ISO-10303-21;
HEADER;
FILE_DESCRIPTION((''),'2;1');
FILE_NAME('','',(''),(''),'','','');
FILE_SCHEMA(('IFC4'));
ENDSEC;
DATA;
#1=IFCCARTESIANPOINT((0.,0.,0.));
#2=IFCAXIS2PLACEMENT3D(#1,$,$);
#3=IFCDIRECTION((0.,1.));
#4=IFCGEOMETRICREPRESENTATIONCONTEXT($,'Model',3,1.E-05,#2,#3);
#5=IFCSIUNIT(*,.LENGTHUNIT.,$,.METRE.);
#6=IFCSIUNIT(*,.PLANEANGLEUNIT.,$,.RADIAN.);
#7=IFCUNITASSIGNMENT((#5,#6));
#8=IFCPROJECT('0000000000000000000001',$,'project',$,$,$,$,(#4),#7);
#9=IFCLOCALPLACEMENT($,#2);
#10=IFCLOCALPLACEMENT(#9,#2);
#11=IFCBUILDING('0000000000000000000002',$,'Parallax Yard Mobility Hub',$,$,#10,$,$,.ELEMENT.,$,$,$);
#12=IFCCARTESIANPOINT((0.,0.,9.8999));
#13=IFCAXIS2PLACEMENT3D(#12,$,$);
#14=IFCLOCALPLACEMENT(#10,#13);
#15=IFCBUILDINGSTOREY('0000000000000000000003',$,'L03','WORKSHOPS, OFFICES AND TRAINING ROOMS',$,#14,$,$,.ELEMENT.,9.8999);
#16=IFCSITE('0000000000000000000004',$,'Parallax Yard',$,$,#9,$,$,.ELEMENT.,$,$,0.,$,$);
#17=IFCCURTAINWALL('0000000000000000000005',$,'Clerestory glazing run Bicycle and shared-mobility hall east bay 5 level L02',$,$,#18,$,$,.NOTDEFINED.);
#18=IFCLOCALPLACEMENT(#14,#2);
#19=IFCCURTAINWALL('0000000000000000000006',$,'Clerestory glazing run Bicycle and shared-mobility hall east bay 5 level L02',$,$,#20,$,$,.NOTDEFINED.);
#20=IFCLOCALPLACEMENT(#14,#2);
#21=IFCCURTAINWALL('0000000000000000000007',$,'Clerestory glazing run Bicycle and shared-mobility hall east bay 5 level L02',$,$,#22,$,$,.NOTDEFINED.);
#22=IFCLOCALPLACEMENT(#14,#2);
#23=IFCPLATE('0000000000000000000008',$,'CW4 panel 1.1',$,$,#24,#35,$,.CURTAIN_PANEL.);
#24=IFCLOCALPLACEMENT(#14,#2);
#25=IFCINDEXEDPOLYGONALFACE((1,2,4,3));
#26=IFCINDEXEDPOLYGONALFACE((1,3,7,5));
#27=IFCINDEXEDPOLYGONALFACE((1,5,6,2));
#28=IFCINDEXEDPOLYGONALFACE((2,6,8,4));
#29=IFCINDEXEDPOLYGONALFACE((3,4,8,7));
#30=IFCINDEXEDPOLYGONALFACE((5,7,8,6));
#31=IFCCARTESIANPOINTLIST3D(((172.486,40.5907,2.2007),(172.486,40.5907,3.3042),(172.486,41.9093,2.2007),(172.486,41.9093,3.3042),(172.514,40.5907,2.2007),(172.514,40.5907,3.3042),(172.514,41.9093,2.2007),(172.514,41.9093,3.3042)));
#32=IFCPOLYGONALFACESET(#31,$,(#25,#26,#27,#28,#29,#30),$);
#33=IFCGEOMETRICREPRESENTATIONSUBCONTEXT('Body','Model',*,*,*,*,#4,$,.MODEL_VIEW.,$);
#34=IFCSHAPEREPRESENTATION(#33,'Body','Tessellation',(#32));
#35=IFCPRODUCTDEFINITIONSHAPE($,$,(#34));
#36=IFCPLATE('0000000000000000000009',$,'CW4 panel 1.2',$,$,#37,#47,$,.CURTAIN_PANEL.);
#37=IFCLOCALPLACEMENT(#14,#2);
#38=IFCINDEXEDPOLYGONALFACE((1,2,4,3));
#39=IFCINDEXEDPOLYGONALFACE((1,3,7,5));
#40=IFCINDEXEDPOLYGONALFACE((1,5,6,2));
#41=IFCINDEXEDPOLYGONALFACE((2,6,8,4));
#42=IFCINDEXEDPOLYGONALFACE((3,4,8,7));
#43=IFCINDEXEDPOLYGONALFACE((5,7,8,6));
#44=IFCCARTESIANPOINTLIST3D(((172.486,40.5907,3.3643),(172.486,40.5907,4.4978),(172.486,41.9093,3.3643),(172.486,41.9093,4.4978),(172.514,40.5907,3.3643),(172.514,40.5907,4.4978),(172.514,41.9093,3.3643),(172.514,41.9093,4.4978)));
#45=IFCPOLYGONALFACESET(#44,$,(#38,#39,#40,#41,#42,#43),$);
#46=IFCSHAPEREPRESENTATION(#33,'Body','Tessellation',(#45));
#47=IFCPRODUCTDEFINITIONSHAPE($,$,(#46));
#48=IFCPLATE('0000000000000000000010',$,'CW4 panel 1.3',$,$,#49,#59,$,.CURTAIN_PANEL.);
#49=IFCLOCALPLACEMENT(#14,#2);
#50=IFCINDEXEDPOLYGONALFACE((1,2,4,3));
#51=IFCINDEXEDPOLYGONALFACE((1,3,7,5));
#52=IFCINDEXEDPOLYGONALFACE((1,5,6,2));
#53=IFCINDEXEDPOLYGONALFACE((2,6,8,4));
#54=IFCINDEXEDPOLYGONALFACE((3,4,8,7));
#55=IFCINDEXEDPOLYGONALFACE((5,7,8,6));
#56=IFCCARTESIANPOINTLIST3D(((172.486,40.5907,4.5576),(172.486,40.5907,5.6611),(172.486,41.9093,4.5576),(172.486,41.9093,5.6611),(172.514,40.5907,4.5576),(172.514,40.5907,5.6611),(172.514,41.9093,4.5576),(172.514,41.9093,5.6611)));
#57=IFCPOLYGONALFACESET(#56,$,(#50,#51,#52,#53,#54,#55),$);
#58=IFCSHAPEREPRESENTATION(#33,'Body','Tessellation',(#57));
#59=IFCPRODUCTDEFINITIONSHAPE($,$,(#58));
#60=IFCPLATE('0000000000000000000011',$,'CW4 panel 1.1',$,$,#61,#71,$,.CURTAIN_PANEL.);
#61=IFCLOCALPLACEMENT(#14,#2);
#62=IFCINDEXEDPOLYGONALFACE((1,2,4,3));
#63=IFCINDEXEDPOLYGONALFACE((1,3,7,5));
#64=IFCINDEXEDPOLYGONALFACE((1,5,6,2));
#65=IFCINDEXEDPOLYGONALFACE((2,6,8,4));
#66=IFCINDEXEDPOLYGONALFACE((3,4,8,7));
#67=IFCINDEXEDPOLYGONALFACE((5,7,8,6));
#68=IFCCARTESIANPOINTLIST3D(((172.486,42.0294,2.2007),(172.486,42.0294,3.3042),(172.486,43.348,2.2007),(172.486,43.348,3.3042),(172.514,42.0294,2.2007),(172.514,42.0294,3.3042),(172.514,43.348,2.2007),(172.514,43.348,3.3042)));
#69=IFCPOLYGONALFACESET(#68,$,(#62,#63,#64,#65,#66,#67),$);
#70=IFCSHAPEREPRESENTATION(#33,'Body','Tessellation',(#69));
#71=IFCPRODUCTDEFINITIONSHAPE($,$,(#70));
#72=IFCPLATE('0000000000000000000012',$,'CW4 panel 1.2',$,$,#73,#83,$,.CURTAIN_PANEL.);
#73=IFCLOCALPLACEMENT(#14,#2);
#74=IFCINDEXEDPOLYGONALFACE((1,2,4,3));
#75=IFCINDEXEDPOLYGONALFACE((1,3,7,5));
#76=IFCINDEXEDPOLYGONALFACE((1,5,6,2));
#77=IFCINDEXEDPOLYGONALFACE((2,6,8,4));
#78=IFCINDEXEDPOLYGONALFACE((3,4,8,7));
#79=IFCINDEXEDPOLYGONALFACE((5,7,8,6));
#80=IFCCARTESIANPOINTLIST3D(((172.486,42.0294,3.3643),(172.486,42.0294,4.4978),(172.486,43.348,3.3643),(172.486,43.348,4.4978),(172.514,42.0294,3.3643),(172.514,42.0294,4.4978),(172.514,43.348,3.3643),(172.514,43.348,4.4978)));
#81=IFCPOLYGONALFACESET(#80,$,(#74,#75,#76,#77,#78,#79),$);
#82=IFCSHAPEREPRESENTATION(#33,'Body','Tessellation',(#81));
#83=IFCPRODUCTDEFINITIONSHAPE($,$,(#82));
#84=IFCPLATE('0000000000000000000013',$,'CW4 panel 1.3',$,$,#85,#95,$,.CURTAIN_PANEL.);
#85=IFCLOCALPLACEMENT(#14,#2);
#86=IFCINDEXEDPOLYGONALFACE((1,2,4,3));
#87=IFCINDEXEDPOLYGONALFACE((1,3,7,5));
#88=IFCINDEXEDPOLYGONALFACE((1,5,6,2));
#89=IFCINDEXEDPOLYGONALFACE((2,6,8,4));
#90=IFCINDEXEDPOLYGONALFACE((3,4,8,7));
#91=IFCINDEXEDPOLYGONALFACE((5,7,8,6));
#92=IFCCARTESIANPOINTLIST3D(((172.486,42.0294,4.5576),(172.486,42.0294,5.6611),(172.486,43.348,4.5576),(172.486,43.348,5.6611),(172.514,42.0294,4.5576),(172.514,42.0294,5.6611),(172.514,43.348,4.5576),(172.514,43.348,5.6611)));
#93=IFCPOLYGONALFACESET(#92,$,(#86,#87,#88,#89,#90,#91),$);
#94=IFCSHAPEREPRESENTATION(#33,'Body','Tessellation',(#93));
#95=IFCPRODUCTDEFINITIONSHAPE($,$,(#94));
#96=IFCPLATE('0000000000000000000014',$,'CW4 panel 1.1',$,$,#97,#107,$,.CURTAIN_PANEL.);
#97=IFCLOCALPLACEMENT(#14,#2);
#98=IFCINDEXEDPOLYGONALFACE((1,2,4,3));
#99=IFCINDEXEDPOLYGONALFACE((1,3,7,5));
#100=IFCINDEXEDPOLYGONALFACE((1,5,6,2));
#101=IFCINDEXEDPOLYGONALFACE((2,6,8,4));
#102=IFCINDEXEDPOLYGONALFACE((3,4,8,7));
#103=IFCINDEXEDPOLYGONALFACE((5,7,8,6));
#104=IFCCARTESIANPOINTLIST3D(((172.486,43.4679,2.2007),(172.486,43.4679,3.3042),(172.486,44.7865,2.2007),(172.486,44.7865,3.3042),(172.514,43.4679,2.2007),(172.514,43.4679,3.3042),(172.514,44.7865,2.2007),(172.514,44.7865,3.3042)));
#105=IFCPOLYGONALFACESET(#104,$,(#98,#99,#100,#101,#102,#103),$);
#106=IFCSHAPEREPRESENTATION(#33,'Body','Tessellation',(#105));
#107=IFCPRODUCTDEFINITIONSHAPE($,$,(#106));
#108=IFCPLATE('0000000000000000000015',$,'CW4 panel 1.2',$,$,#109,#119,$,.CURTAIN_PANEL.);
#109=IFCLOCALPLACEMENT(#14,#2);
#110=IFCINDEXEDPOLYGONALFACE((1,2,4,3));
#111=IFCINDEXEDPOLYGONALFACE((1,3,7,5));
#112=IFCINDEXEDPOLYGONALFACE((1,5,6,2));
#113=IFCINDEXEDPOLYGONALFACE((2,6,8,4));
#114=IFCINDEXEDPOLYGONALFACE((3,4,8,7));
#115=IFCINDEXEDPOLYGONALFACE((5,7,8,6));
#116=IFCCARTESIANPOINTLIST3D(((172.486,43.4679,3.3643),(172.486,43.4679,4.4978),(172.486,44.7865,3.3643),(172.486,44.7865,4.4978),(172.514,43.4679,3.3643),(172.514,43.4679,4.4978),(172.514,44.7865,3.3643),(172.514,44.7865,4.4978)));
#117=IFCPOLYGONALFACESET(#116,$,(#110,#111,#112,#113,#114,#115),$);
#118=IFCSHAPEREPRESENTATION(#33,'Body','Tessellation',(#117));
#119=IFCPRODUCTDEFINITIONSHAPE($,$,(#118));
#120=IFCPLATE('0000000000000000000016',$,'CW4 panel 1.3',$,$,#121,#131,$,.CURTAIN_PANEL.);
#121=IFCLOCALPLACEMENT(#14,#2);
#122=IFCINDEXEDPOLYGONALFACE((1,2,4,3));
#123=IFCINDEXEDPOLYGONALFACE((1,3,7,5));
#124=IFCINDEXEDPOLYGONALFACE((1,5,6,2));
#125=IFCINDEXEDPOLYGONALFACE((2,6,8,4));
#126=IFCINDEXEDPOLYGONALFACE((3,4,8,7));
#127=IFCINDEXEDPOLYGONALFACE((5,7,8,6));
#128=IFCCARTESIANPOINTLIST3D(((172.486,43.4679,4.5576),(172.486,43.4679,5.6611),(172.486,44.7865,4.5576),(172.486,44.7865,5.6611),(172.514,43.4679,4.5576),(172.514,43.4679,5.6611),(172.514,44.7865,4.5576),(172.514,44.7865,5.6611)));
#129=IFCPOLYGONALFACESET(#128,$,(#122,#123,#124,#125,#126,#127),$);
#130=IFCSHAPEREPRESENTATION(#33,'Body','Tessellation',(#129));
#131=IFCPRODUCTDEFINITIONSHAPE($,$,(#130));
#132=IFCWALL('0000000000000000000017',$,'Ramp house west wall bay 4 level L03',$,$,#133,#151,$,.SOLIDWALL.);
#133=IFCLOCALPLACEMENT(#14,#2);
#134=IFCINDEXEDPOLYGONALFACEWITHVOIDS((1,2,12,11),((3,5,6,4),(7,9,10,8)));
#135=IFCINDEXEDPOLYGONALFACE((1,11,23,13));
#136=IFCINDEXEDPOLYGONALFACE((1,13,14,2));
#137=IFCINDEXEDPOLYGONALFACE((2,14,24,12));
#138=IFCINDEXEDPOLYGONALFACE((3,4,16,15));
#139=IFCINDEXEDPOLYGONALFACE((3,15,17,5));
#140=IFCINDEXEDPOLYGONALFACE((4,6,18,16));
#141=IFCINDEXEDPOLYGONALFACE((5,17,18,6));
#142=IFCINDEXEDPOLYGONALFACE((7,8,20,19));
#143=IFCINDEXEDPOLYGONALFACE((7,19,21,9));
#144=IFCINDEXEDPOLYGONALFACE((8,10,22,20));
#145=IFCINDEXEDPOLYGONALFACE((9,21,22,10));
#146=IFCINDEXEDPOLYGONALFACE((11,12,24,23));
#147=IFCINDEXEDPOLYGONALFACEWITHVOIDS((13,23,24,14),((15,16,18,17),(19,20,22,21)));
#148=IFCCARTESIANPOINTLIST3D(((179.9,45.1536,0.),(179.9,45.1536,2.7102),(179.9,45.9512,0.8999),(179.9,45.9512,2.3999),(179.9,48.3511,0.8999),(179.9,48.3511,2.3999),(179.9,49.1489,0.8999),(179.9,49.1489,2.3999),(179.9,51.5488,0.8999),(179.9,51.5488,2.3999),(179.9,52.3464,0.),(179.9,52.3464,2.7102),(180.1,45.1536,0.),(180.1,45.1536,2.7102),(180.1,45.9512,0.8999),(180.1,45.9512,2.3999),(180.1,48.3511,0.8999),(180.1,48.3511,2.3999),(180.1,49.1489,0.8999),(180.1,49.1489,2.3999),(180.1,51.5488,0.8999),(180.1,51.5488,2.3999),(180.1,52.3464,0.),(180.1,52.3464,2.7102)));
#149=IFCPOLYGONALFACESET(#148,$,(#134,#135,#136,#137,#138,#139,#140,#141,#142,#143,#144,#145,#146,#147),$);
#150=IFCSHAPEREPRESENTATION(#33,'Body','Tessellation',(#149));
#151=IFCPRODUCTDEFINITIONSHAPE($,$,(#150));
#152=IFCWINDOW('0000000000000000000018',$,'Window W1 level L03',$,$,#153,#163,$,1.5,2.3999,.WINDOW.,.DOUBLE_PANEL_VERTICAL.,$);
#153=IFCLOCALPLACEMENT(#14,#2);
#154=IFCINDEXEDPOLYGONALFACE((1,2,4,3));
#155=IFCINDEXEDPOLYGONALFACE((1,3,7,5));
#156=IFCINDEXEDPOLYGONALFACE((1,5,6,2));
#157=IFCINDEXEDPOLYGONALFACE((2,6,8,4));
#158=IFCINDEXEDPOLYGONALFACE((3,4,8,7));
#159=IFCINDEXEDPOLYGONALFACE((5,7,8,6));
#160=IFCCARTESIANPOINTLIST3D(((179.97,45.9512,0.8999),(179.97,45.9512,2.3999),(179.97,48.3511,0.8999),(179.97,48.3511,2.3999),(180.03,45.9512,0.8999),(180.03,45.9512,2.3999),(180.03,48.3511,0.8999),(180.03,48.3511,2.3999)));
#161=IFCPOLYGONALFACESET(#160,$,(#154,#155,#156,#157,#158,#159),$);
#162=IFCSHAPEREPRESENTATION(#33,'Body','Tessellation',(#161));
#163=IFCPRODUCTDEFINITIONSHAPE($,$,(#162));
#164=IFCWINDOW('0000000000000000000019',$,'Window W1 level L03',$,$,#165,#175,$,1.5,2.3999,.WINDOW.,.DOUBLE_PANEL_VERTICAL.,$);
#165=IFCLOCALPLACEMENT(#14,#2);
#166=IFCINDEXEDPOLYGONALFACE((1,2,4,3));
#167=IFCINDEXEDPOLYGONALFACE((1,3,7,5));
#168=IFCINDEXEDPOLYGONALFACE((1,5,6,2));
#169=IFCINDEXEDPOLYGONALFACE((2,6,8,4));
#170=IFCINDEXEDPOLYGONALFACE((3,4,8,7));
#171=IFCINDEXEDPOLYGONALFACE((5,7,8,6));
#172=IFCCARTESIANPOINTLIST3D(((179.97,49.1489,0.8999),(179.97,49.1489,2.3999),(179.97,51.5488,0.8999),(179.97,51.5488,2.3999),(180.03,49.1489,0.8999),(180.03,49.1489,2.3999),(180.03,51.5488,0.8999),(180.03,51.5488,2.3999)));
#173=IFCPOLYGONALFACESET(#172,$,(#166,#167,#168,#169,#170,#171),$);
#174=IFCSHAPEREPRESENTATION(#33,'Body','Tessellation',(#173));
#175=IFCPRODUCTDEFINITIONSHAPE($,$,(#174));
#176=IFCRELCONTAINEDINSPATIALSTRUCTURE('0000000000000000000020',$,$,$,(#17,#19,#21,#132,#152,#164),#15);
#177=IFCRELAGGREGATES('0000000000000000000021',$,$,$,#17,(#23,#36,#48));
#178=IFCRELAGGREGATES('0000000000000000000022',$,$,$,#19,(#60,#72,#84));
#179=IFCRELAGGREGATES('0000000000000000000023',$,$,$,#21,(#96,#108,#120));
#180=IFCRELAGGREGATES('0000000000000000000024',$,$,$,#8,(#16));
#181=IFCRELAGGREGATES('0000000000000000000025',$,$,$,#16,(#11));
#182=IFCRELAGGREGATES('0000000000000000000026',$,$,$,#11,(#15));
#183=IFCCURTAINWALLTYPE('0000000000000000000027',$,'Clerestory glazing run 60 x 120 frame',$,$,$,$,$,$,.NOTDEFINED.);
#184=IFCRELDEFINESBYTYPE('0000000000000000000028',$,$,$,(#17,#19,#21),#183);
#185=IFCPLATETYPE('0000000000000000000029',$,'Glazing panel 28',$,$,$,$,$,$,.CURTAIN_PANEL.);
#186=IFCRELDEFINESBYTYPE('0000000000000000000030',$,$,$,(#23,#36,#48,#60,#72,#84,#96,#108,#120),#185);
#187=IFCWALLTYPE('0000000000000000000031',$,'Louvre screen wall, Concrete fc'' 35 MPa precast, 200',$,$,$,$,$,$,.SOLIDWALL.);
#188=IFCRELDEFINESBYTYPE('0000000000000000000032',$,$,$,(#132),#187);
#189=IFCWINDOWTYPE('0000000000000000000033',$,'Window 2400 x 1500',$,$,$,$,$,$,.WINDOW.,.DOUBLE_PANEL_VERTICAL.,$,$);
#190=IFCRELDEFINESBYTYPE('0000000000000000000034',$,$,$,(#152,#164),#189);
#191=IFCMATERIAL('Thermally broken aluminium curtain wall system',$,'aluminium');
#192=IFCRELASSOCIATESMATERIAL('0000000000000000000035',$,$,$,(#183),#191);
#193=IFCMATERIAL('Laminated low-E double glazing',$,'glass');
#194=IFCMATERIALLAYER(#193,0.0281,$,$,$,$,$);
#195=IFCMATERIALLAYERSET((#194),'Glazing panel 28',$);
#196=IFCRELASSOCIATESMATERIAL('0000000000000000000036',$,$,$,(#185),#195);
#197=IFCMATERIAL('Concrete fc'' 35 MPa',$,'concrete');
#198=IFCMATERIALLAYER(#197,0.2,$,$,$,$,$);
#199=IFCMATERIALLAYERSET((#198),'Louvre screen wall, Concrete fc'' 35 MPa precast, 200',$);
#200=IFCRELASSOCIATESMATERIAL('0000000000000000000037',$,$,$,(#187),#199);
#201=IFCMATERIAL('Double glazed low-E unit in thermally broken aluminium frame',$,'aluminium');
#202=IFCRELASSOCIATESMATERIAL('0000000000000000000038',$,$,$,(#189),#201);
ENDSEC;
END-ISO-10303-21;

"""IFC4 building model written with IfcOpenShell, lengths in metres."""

from ifc_helpers import new_model, si_unit, direction, frame, frame_2d, origin, origin_2d, place, context, subcontext, project, spatial, rectangle, extrude, material, layer, layer_set, type_object, element, fill, aggregate, save


model = new_model("IFC4")

# Units and contexts
model_context = context("Model", 3, precision=1e-05, world=origin(), true_north=direction((0.0, 1.0)))
body_context = subcontext(model_context, "Body", "Model", "MODEL_VIEW")
ifc_project = project(units=[si_unit("LENGTHUNIT", "METRE"), si_unit("PLANEANGLEUNIT", "RADIAN")], contexts=[model_context])

# Site, building, storey
site_placement = place(None, origin())
site = spatial("IfcSite", under=ifc_project, at=site_placement, Name="Parallax Yard", CompositionType="ELEMENT", RefElevation=0.0)
building_placement = place(site_placement, origin())
building = spatial("IfcBuilding", under=site, at=building_placement, Name="Parallax Yard Mobility Hub", CompositionType="ELEMENT")
storey_placement = place(building_placement, frame((0.0, 0.0, 9.8999)))
storey = spatial("IfcBuildingStorey", under=building, at=storey_placement, Name="L03", Description="WORKSHOPS, OFFICES AND TRAINING ROOMS", CompositionType="ELEMENT", Elevation=9.8999)

# Curtain walls
ifc_material_1 = material(Name="Thermally broken aluminium curtain wall system", Category="aluminium")
curtain_wall_type = type_object("IfcCurtainWallType", Name="Clerestory glazing run 60 x 120 frame", PredefinedType="NOTDEFINED", material=ifc_material_1)
curtain_wall_1_placement = place(storey_placement, origin())
curtain_wall_1 = element("IfcCurtainWall", 1, at=curtain_wall_1_placement, inside=storey, type_object=curtain_wall_type, Name="Clerestory glazing run Bicycle and shared-mobility hall east bay 5 level L02", PredefinedType="NOTDEFINED")
curtain_wall_2_placement = place(storey_placement, origin())
curtain_wall_2 = element("IfcCurtainWall", 2, at=curtain_wall_2_placement, inside=storey, type_object=curtain_wall_type, Name="Clerestory glazing run Bicycle and shared-mobility hall east bay 5 level L02", PredefinedType="NOTDEFINED")
curtain_wall_3_placement = place(storey_placement, origin())
curtain_wall_3 = element("IfcCurtainWall", 3, at=curtain_wall_3_placement, inside=storey, type_object=curtain_wall_type, Name="Clerestory glazing run Bicycle and shared-mobility hall east bay 5 level L02", PredefinedType="NOTDEFINED")

# Plates
ifc_material_2 = material(Name="Laminated low-E double glazing", Category="glass")
ifc_layer_1 = layer(ifc_material_2, 0.0281)
ifc_layer_set_1 = layer_set([ifc_layer_1], Name="Glazing panel 28")
plate_type = type_object("IfcPlateType", Name="Glazing panel 28", PredefinedType="CURTAIN_PANEL", material=ifc_layer_set_1)
plate_1_placement = place(storey_placement, frame((172.5, 41.25, 2.2007), z_axis=(0.0, 0.0, 1.0), x_axis=(0.0, 1.0, 0.0)))
plate_1 = element("IfcPlate", 4, at=plate_1_placement, type_object=plate_type, Name="CW4 panel 1.1", PredefinedType="CURTAIN_PANEL", context=body_context, shape_type="SweptSolid", body=[
    extrude(rectangle(XDim=1.3186, YDim=0.0281, at=origin_2d()), origin(), (0.0, 0.0, 1.0), 1.1035),
])
plate_2_placement = place(storey_placement, frame((172.5, 41.25, 3.3643), z_axis=(0.0, 0.0, 1.0), x_axis=(0.0, 1.0, 0.0)))
plate_2 = element("IfcPlate", 5, at=plate_2_placement, type_object=plate_type, Name="CW4 panel 1.2", PredefinedType="CURTAIN_PANEL", context=body_context, shape_type="SweptSolid", body=[
    extrude(rectangle(XDim=1.3186, YDim=0.0281, at=origin_2d()), origin(), (0.0, 0.0, 1.0), 1.1335),
])
plate_3_placement = place(storey_placement, frame((172.5, 41.25, 4.5576), z_axis=(0.0, 0.0, 1.0), x_axis=(0.0, 1.0, 0.0)))
plate_3 = element("IfcPlate", 6, at=plate_3_placement, type_object=plate_type, Name="CW4 panel 1.3", PredefinedType="CURTAIN_PANEL", context=body_context, shape_type="SweptSolid", body=[
    extrude(rectangle(XDim=1.3186, YDim=0.0281, at=origin_2d()), origin(), (0.0, 0.0, 1.0), 1.1035),
])
aggregate(curtain_wall_1, [plate_1, plate_2, plate_3])
plate_4_placement = place(storey_placement, frame((172.5, 42.6887, 2.2007), z_axis=(0.0, 0.0, 1.0), x_axis=(0.0, 1.0, 0.0)))
plate_4 = element("IfcPlate", 7, at=plate_4_placement, type_object=plate_type, Name="CW4 panel 1.1", PredefinedType="CURTAIN_PANEL", context=body_context, shape_type="SweptSolid", body=[
    extrude(rectangle(XDim=1.3186, YDim=0.0281, at=origin_2d()), origin(), (0.0, 0.0, 1.0), 1.1035),
])
plate_5_placement = place(storey_placement, frame((172.5, 42.6887, 3.3643), z_axis=(0.0, 0.0, 1.0), x_axis=(0.0, 1.0, 0.0)))
plate_5 = element("IfcPlate", 8, at=plate_5_placement, type_object=plate_type, Name="CW4 panel 1.2", PredefinedType="CURTAIN_PANEL", context=body_context, shape_type="SweptSolid", body=[
    extrude(rectangle(XDim=1.3186, YDim=0.0281, at=origin_2d()), origin(), (0.0, 0.0, 1.0), 1.1335),
])
plate_6_placement = place(storey_placement, frame((172.5, 42.6887, 4.5576), z_axis=(0.0, 0.0, 1.0), x_axis=(0.0, 1.0, 0.0)))
plate_6 = element("IfcPlate", 9, at=plate_6_placement, type_object=plate_type, Name="CW4 panel 1.3", PredefinedType="CURTAIN_PANEL", context=body_context, shape_type="SweptSolid", body=[
    extrude(rectangle(XDim=1.3186, YDim=0.0281, at=origin_2d()), origin(), (0.0, 0.0, 1.0), 1.1035),
])
aggregate(curtain_wall_2, [plate_4, plate_5, plate_6])
plate_7_placement = place(storey_placement, frame((172.5, 44.1272, 2.2007), z_axis=(0.0, 0.0, 1.0), x_axis=(0.0, 1.0, 0.0)))
plate_7 = element("IfcPlate", 10, at=plate_7_placement, type_object=plate_type, Name="CW4 panel 1.1", PredefinedType="CURTAIN_PANEL", context=body_context, shape_type="SweptSolid", body=[
    extrude(rectangle(XDim=1.3186, YDim=0.0281, at=origin_2d()), origin(), (0.0, 0.0, 1.0), 1.1035),
])
plate_8_placement = place(storey_placement, frame((172.5, 44.1272, 3.3643), z_axis=(0.0, 0.0, 1.0), x_axis=(0.0, 1.0, 0.0)))
plate_8 = element("IfcPlate", 11, at=plate_8_placement, type_object=plate_type, Name="CW4 panel 1.2", PredefinedType="CURTAIN_PANEL", context=body_context, shape_type="SweptSolid", body=[
    extrude(rectangle(XDim=1.3186, YDim=0.0281, at=origin_2d()), origin(), (0.0, 0.0, 1.0), 1.1335),
])
plate_9_placement = place(storey_placement, frame((172.5, 44.1272, 4.5576), z_axis=(0.0, 0.0, 1.0), x_axis=(0.0, 1.0, 0.0)))
plate_9 = element("IfcPlate", 12, at=plate_9_placement, type_object=plate_type, Name="CW4 panel 1.3", PredefinedType="CURTAIN_PANEL", context=body_context, shape_type="SweptSolid", body=[
    extrude(rectangle(XDim=1.3186, YDim=0.0281, at=origin_2d()), origin(), (0.0, 0.0, 1.0), 1.1035),
])
aggregate(curtain_wall_3, [plate_7, plate_8, plate_9])

# Wall, openings, windows
ifc_material_3 = material(Name="Concrete fc' 35 MPa", Category="concrete")
ifc_layer_2 = layer(ifc_material_3, 0.2)
ifc_layer_set_2 = layer_set([ifc_layer_2], Name="Louvre screen wall, Concrete fc' 35 MPa precast, 200")
wall_type = type_object("IfcWallType", Name="Louvre screen wall, Concrete fc' 35 MPa precast, 200", PredefinedType="SOLIDWALL", material=ifc_layer_set_2)
wall_placement = place(storey_placement, frame((180.0, 45.1536, 0.0), z_axis=(0.0, 0.0, 1.0), x_axis=(0.0, 1.0, 0.0)))
wall = element("IfcWall", 13, at=wall_placement, inside=storey, type_object=wall_type, Name="Ramp house west wall bay 4 level L03", PredefinedType="SOLIDWALL", context=body_context, shape_type="SweptSolid", body=[
    extrude(rectangle(XDim=7.1929, YDim=0.2, at=frame_2d((3.5964, 0.0))), origin(), (0.0, 0.0, 1.0), 2.7102),
])
opening_1_placement = place(wall_placement, frame((0.7976, 0.0, 0.8999)))
opening_1 = element("IfcOpeningElement", 14, at=opening_1_placement, cuts=wall, PredefinedType="OPENING", context=body_context, shape_type="SweptSolid", body=[
    extrude(rectangle(XDim=2.3999, YDim=1.5, at=frame_2d((1.2, 0.75))), frame((0.0, 0.1099, 0.0), z_axis=(0.0, -1.0, 0.0), x_axis=(1.0, 0.0, 0.0)), (0.0, 0.0, 1.0), 0.22),
])
opening_2_placement = place(wall_placement, frame((3.9954, 0.0, 0.8999)))
opening_2 = element("IfcOpeningElement", 15, at=opening_2_placement, cuts=wall, PredefinedType="OPENING", context=body_context, shape_type="SweptSolid", body=[
    extrude(rectangle(XDim=2.3999, YDim=1.5, at=frame_2d((1.2, 0.75))), frame((0.0, 0.1099, 0.0), z_axis=(0.0, -1.0, 0.0), x_axis=(1.0, 0.0, 0.0)), (0.0, 0.0, 1.0), 0.22),
])
ifc_material_4 = material(Name="Double glazed low-E unit in thermally broken aluminium frame", Category="aluminium")
window_type = type_object("IfcWindowType", Name="Window 2400 x 1500", PartitioningType="DOUBLE_PANEL_VERTICAL", PredefinedType="WINDOW", material=ifc_material_4)
window_1_placement = place(opening_1_placement, origin())
window_1 = element("IfcWindow", 16, at=window_1_placement, inside=storey, type_object=window_type, Name="Window W1 level L03", OverallHeight=1.5, OverallWidth=2.3999, PartitioningType="DOUBLE_PANEL_VERTICAL", PredefinedType="WINDOW", context=body_context, shape_type="SweptSolid", body=[
    extrude(rectangle(XDim=2.3999, YDim=1.5, at=frame_2d((1.2, 0.75))), frame((0.0, 0.03, 0.0), z_axis=(0.0, -1.0, 0.0), x_axis=(1.0, 0.0, 0.0)), (0.0, 0.0, 1.0), 0.0601),
])
fill(opening_1, window_1)
window_2_placement = place(opening_2_placement, origin())
window_2 = element("IfcWindow", 17, at=window_2_placement, inside=storey, type_object=window_type, Name="Window W1 level L03", OverallHeight=1.5, OverallWidth=2.3999, PartitioningType="DOUBLE_PANEL_VERTICAL", PredefinedType="WINDOW", context=body_context, shape_type="SweptSolid", body=[
    extrude(rectangle(XDim=2.3999, YDim=1.5, at=frame_2d((1.2, 0.75))), frame((0.0, 0.03, 0.0), z_axis=(0.0, -1.0, 0.0), x_axis=(1.0, 0.0, 0.0)), (0.0, 0.0, 1.0), 0.0601),
])
fill(opening_2, window_2)

save(model, "model.ifc")
